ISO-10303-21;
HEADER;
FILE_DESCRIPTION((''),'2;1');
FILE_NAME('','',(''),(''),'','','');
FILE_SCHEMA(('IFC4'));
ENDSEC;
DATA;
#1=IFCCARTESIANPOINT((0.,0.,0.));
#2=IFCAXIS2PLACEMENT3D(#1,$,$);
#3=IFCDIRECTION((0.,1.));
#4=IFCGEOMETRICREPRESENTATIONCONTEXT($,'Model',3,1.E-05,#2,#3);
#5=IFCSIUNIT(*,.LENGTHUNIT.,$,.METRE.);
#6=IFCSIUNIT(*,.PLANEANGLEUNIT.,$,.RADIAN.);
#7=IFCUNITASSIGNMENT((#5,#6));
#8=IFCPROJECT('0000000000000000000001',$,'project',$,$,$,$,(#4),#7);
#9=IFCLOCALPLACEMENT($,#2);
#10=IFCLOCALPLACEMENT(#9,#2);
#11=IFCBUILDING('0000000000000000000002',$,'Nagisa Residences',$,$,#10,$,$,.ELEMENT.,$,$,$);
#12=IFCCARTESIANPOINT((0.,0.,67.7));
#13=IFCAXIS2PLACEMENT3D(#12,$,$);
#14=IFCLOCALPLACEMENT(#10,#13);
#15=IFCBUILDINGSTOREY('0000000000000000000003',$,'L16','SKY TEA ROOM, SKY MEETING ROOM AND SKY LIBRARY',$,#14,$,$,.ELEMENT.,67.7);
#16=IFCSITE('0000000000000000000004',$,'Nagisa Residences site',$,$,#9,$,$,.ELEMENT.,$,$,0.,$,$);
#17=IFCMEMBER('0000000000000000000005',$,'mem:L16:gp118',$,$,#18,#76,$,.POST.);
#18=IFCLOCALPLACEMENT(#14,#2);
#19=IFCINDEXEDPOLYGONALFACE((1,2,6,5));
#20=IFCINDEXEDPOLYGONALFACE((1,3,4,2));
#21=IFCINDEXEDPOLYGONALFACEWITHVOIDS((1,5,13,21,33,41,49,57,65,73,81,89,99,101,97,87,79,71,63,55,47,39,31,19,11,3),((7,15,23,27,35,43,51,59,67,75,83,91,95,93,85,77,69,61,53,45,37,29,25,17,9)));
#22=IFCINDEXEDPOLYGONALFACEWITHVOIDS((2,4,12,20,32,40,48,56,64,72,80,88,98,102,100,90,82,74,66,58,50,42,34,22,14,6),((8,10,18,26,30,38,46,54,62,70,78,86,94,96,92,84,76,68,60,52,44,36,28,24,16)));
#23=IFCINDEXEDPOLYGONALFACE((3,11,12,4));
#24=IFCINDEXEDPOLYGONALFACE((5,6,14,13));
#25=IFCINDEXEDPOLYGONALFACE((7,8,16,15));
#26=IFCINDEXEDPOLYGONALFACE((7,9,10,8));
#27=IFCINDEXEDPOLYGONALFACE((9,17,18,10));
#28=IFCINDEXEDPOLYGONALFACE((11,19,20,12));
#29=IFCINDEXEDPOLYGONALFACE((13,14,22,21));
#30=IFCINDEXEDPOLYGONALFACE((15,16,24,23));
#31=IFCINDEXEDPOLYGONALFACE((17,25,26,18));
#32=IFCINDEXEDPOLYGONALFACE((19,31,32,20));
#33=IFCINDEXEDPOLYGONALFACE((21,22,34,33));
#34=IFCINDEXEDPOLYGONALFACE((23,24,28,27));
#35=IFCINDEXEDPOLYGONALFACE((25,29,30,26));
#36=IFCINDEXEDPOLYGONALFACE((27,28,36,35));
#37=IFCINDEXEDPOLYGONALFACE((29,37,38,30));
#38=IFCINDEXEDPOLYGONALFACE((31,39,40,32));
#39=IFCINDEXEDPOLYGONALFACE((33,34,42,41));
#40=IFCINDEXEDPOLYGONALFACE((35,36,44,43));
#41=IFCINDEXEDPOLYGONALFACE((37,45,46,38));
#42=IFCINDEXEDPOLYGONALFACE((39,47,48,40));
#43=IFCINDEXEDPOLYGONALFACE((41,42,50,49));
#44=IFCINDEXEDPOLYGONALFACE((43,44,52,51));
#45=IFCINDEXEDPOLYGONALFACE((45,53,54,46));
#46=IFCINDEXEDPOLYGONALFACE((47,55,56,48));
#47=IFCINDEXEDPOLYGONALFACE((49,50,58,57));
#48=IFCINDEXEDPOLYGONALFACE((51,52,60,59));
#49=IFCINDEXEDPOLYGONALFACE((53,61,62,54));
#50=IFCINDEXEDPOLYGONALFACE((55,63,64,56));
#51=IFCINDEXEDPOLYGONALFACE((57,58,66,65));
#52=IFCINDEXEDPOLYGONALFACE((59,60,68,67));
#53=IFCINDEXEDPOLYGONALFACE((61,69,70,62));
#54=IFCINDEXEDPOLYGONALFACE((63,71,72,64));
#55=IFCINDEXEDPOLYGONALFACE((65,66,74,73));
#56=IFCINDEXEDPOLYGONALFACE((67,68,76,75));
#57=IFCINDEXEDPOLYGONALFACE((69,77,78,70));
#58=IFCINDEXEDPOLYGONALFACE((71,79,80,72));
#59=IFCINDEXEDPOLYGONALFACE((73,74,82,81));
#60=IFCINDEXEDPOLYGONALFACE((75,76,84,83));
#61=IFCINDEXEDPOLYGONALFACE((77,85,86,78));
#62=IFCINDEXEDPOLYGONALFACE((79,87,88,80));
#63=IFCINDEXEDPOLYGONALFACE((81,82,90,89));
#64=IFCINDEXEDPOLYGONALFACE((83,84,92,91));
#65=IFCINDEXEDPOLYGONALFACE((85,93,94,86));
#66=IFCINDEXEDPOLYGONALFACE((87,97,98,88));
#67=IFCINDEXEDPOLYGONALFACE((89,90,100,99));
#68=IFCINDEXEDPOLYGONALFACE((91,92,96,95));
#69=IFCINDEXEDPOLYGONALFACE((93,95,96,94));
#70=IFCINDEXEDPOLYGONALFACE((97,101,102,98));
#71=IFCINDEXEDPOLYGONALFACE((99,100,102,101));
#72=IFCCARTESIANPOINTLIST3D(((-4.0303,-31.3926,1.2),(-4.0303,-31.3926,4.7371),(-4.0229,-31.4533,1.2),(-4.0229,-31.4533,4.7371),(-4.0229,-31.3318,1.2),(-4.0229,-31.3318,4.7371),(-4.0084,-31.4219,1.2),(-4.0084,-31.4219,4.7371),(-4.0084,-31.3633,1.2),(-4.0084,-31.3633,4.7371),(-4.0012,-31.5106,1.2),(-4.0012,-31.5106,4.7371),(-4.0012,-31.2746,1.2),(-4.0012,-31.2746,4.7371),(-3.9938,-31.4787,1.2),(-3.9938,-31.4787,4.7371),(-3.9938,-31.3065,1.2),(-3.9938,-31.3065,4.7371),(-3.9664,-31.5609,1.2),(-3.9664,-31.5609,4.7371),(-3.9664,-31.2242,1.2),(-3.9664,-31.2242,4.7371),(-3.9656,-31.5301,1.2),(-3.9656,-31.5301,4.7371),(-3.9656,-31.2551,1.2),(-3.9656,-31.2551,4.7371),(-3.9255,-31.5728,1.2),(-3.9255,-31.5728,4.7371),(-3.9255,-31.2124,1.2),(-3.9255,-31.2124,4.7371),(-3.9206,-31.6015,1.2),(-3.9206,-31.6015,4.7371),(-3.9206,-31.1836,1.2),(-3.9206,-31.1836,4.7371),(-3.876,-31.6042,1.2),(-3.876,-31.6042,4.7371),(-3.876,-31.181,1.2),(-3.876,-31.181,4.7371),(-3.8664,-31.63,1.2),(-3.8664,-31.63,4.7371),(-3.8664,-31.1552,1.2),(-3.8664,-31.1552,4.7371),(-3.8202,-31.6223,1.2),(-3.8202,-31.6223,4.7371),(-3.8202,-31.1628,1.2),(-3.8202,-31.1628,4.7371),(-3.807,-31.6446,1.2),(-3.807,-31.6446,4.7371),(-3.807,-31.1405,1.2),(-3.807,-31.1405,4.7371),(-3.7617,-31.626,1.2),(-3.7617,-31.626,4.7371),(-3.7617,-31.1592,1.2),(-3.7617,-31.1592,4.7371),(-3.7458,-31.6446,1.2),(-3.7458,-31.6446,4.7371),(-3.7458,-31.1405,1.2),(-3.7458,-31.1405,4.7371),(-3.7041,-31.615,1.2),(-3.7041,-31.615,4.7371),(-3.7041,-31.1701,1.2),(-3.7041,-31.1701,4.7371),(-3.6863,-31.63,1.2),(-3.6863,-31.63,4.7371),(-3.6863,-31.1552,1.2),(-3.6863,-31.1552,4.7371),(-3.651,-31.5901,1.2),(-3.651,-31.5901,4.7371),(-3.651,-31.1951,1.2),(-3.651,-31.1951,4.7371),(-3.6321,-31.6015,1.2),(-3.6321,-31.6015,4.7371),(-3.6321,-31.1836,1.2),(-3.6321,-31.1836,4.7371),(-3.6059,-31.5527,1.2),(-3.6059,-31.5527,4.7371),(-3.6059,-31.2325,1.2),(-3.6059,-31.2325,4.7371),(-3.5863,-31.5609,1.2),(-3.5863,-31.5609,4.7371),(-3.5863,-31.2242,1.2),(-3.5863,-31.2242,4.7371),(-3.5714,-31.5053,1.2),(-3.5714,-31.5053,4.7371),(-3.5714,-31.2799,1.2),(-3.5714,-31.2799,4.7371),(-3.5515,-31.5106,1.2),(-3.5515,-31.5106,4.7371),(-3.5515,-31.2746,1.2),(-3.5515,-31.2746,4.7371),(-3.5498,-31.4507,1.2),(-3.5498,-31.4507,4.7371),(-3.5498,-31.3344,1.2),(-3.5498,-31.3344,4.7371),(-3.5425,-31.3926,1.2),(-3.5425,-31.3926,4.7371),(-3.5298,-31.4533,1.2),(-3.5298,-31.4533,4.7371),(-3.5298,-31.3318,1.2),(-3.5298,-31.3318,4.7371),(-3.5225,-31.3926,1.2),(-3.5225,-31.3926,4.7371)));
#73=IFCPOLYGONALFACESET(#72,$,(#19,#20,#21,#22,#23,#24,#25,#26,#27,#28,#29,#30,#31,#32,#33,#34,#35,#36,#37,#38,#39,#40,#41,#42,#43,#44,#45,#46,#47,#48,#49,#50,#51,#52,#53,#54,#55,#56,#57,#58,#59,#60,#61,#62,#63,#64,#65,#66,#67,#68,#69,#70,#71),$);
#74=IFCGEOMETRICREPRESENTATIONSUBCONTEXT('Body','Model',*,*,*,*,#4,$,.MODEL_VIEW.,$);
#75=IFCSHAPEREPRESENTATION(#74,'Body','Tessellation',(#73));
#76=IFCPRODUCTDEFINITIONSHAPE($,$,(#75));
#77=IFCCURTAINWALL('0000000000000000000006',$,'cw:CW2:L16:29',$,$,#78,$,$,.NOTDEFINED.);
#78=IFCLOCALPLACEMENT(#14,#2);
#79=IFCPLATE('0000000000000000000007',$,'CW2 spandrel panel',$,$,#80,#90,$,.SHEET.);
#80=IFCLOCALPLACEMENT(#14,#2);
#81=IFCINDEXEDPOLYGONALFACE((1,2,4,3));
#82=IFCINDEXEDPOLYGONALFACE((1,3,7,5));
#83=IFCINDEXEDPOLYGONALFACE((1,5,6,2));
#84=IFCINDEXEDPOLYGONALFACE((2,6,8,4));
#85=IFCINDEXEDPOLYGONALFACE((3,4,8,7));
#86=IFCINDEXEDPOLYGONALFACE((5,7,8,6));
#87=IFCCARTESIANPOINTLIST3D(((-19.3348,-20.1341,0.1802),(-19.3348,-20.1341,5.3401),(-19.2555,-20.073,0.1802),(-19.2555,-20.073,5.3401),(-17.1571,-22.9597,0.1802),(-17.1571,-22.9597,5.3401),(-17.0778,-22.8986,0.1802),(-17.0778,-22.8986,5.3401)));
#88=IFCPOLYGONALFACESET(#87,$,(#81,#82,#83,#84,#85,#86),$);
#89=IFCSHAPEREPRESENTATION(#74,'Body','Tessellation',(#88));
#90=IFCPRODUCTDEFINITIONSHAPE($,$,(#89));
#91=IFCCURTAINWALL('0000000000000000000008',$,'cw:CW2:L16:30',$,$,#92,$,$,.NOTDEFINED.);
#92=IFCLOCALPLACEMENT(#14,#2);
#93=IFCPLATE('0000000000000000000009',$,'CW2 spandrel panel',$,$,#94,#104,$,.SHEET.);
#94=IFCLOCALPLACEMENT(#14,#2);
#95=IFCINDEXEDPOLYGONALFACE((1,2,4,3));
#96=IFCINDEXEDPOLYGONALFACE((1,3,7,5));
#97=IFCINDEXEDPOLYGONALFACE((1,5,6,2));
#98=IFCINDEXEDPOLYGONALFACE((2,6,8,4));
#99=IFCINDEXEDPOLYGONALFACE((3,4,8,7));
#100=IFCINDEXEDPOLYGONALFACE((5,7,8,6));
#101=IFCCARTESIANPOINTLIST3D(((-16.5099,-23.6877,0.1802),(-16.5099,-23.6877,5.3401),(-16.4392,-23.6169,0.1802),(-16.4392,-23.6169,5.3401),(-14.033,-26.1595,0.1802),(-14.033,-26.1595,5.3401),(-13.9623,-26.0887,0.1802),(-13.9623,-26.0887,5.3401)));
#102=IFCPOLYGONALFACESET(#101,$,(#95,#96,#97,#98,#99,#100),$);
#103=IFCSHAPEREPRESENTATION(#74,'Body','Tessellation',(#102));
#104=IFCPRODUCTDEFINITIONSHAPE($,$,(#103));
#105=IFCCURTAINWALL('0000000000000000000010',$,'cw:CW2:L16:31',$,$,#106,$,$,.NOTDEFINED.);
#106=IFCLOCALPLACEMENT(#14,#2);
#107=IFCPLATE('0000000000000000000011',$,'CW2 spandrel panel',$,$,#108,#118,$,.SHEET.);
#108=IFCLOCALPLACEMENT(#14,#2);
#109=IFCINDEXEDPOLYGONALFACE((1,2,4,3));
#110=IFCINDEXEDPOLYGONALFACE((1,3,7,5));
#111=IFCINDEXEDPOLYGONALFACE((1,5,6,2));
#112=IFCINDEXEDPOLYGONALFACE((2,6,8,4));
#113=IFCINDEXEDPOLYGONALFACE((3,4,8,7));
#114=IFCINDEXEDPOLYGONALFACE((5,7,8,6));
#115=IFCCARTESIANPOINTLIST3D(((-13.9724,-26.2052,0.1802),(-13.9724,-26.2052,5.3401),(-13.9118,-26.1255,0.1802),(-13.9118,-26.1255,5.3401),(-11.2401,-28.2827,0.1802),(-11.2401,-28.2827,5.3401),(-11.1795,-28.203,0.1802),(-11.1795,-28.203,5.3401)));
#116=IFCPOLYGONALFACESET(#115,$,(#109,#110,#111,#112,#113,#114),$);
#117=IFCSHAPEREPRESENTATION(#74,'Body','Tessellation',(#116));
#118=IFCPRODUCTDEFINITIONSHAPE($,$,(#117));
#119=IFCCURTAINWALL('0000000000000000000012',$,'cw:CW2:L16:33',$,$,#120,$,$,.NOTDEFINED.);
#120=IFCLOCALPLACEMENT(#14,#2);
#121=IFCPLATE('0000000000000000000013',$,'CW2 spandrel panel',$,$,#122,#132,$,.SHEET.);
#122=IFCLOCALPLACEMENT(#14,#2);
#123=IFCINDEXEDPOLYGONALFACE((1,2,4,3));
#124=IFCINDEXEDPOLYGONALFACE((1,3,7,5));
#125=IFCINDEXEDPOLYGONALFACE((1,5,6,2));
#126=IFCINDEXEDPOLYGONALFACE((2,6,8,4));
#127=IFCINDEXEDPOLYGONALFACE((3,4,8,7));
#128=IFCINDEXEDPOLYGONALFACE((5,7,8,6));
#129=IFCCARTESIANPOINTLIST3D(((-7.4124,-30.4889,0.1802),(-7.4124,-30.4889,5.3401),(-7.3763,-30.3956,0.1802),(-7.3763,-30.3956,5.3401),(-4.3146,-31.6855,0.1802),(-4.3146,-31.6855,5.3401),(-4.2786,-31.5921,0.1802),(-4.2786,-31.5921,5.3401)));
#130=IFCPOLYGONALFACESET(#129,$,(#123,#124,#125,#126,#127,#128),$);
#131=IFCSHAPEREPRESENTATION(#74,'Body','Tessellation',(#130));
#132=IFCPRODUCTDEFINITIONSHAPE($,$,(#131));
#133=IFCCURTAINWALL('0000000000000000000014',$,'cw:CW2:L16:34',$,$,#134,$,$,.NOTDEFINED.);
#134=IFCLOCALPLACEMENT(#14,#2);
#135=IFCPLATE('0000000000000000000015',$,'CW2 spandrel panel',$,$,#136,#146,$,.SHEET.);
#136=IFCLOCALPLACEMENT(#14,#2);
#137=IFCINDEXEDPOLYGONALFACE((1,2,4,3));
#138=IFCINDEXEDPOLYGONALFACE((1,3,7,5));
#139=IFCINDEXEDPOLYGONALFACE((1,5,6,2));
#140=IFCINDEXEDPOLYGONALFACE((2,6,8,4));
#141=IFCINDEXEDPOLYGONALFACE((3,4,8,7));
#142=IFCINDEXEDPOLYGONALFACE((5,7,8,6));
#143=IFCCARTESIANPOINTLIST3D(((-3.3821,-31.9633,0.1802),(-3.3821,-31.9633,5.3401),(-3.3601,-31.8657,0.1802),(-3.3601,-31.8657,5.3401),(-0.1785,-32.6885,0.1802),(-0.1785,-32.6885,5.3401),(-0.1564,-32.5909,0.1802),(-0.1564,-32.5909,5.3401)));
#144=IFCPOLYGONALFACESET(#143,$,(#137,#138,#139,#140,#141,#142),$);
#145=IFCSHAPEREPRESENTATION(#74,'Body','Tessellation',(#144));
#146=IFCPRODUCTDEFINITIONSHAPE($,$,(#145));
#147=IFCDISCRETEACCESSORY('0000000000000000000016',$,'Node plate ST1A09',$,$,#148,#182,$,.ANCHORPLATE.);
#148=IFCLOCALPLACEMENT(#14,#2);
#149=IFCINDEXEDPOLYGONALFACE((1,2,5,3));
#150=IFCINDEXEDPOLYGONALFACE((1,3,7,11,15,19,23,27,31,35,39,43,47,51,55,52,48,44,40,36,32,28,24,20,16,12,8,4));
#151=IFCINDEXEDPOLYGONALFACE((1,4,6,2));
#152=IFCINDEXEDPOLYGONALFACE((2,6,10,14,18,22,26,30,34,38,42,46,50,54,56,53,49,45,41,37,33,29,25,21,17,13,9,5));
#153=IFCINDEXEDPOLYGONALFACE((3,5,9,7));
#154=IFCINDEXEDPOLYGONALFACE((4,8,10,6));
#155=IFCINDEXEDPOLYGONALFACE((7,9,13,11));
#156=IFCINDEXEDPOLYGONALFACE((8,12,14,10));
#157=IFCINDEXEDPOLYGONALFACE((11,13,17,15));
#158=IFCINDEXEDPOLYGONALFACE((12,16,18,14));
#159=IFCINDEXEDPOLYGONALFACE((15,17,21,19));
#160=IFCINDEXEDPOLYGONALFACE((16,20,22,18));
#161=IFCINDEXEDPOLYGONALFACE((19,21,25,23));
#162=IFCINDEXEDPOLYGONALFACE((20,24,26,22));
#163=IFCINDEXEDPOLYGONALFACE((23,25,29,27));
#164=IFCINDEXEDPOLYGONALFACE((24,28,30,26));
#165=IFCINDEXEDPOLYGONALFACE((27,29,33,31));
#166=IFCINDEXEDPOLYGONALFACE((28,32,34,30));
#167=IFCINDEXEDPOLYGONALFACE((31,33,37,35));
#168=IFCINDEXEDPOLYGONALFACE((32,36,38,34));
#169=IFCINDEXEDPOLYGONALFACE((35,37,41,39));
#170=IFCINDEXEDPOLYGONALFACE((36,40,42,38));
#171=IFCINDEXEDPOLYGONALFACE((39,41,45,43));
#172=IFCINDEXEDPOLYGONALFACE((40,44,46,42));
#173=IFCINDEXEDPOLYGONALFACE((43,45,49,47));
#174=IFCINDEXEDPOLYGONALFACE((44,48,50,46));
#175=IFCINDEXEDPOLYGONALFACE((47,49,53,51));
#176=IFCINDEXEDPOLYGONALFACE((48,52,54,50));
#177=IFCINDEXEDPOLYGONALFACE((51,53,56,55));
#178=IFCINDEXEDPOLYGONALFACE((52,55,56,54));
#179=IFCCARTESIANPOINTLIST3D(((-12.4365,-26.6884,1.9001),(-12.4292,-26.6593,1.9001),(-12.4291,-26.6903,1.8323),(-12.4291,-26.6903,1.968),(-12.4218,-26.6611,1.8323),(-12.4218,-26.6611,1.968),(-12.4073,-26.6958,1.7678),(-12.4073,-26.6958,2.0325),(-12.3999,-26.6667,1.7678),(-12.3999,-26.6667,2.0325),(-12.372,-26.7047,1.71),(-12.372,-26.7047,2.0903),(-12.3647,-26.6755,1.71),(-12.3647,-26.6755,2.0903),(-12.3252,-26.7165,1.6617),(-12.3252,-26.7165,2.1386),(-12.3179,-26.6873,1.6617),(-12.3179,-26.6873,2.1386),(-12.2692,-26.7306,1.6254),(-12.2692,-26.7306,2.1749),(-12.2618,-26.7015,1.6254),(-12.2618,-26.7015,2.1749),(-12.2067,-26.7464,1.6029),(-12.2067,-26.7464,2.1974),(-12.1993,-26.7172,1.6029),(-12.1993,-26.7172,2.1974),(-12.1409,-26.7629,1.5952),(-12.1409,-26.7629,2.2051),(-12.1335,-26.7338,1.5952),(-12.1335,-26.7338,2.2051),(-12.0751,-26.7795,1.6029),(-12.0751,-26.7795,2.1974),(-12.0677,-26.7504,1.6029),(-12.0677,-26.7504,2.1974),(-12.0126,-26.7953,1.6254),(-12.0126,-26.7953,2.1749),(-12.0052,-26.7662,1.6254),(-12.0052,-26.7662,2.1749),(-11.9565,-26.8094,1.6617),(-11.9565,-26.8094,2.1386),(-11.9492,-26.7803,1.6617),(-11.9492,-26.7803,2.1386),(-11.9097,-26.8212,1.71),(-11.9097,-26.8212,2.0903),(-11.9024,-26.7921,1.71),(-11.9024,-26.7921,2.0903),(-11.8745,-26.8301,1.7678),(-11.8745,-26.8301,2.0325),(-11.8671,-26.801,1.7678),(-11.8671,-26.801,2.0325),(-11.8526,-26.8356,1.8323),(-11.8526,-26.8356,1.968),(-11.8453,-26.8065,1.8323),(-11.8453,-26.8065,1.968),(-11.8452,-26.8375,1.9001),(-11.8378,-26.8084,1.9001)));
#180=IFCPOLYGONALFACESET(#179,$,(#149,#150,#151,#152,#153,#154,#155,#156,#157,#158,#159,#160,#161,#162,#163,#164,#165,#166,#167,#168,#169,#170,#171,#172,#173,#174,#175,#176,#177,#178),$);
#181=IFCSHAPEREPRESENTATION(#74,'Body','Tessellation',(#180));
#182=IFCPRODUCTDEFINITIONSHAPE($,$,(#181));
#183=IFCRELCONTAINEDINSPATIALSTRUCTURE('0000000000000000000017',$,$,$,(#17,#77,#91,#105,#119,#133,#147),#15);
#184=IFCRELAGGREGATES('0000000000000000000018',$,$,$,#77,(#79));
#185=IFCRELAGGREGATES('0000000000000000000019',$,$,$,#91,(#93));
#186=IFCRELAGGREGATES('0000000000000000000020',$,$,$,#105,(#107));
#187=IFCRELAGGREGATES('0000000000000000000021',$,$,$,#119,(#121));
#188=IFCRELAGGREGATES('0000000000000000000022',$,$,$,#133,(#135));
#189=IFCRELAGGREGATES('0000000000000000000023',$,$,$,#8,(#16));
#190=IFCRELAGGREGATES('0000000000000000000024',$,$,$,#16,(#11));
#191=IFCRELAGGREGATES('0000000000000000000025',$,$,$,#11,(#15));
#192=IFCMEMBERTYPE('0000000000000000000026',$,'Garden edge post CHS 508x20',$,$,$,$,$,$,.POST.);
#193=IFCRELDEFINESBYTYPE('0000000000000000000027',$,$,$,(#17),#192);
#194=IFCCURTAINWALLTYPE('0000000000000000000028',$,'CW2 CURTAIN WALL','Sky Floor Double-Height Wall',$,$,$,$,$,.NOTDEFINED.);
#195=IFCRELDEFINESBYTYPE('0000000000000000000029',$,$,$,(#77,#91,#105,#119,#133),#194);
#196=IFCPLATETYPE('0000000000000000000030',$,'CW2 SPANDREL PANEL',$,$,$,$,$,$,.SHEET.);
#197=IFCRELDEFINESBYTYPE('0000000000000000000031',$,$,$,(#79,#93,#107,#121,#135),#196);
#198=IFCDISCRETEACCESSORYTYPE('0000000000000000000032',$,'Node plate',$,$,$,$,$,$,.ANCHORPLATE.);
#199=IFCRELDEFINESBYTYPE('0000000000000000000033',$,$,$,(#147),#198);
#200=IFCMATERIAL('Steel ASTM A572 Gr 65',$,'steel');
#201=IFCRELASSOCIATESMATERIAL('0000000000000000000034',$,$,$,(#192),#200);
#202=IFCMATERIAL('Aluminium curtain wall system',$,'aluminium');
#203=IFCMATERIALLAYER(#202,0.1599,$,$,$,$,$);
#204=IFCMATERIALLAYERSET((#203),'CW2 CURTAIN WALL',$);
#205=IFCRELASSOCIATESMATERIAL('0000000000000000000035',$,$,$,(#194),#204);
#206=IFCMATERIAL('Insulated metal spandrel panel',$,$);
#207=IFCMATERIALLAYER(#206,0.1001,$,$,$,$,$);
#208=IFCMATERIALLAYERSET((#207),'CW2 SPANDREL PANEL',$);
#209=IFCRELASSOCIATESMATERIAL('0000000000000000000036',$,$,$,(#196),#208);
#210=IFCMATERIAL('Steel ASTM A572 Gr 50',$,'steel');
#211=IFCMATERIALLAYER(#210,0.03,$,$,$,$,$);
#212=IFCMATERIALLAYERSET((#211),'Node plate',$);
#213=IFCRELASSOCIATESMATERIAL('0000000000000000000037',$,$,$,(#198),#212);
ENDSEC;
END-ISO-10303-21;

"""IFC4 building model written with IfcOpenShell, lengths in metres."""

from ifc_helpers import new_model, si_unit, direction, frame, origin, origin_2d, place, context, subcontext, project, spatial, rectangle, circle, hollow_circle, extrude, material, layer, layer_set, material_profile, profile_set, type_object, element, aggregate, save


model = new_model("IFC4")

# Units and contexts
model_context = context("Model", 3, precision=1e-05, world=origin(), true_north=direction((0.0, 1.0)))
body_context = subcontext(model_context, "Body", "Model", "MODEL_VIEW")
ifc_project = project(units=[si_unit("LENGTHUNIT", "METRE"), si_unit("PLANEANGLEUNIT", "RADIAN")], contexts=[model_context])

# Site, building, storey
site_placement = place(None, origin())
site = spatial("IfcSite", under=ifc_project, at=site_placement, Name="Nagisa Residences site", CompositionType="ELEMENT", RefElevation=0.0)
building_placement = place(site_placement, origin())
building = spatial("IfcBuilding", under=site, at=building_placement, Name="Nagisa Residences", CompositionType="ELEMENT")
storey_placement = place(building_placement, frame((0.0, 0.0, 67.7)))
storey = spatial("IfcBuildingStorey", under=building, at=storey_placement, Name="L16", Description="SKY TEA ROOM, SKY MEETING ROOM AND SKY LIBRARY", CompositionType="ELEMENT", Elevation=67.7)

# Member
ifc_material_1 = material(Name="Steel ASTM A572 Gr 65", Category="steel")
ifc_material_profile_1 = material_profile(ifc_material_1, hollow_circle(Radius=0.2539, WallThickness=0.02, at=origin_2d()), Name="CHS 508x20")
ifc_profile_set_1 = profile_set([ifc_material_profile_1], Name="Steel ASTM A572 Gr 65")
member_type_1 = type_object("IfcMemberType", Name="Garden edge post CHS 508x20", PredefinedType="POST", material=ifc_profile_set_1)
for number, where, z_axis, x_axis, name in (
    (1, (-3.7764, -31.3926, 1.2), (0.0, 0.0, 1.0), (1.0, 0.0, 0.0), "mem:L16:gp118"),
):
    element("IfcMember", number, at=place(storey_placement, frame(where, z_axis=z_axis, x_axis=x_axis)), inside=storey, type_object=member_type_1, Name=name, PredefinedType="POST", context=body_context, shape_type="SweptSolid", body=[
        extrude(hollow_circle(Radius=0.2539, WallThickness=0.02, at=origin_2d()), origin(), (0.0, 0.0, 1.0), 3.5371),
    ])

# Curtain walls, plates
ifc_material_2 = material(Name="Aluminium curtain wall system", Category="aluminium")
ifc_layer_1 = layer(ifc_material_2, 0.1599)
ifc_layer_set_1 = layer_set([ifc_layer_1], Name="CW2 CURTAIN WALL")
curtain_wall_type = type_object("IfcCurtainWallType", Name="CW2 CURTAIN WALL", Description="Sky Floor Double-Height Wall", PredefinedType="NOTDEFINED", material=ifc_layer_set_1)
curtain_wall_1_placement = place(storey_placement, origin())
curtain_wall_1 = element("IfcCurtainWall", 2, at=curtain_wall_1_placement, inside=storey, type_object=curtain_wall_type, Name="cw:CW2:L16:29", PredefinedType="NOTDEFINED")
ifc_material_3 = material(Name="Insulated metal spandrel panel")
ifc_layer_2 = layer(ifc_material_3, 0.1001)
ifc_layer_set_2 = layer_set([ifc_layer_2], Name="CW2 SPANDREL PANEL")
plate_type = type_object("IfcPlateType", Name="CW2 SPANDREL PANEL", PredefinedType="SHEET", material=ifc_layer_set_2)
plate_1_placement = place(storey_placement, frame((-18.2063, -21.5164, 0.1802), z_axis=(0.0, 0.0, 1.0), x_axis=(0.61043, -0.79207, 0.0)))
plate_1 = element("IfcPlate", 3, at=plate_1_placement, type_object=plate_type, Name="CW2 spandrel panel", PredefinedType="SHEET", context=body_context, shape_type="SweptSolid", body=[
    extrude(rectangle(XDim=3.5674, YDim=0.1001, at=origin_2d()), origin(), (0.0, 0.0, 1.0), 5.1599),
])
aggregate(curtain_wall_1, [plate_1])
curtain_wall_2_placement = place(storey_placement, origin())
curtain_wall_2 = element("IfcCurtainWall", 4, at=curtain_wall_2_placement, inside=storey, type_object=curtain_wall_type, Name="cw:CW2:L16:30", PredefinedType="NOTDEFINED")
plate_2_placement = place(storey_placement, frame((-15.2361, -24.8882, 0.1802), z_axis=(0.0, 0.0, 1.0), x_axis=(0.707836, -0.706377, 0.0)))
plate_2 = element("IfcPlate", 5, at=plate_2_placement, type_object=plate_type, Name="CW2 spandrel panel", PredefinedType="SHEET", context=body_context, shape_type="SweptSolid", body=[
    extrude(rectangle(XDim=3.4993, YDim=0.1001, at=origin_2d()), origin(), (0.0, 0.0, 1.0), 5.1599),
])
aggregate(curtain_wall_2, [plate_2])
curtain_wall_3_placement = place(storey_placement, origin())
curtain_wall_3 = element("IfcCurtainWall", 6, at=curtain_wall_3_placement, inside=storey, type_object=curtain_wall_type, Name="cw:CW2:L16:31", PredefinedType="NOTDEFINED")
plate_3_placement = place(storey_placement, frame((-12.5759, -27.2041, 0.1802), z_axis=(0.0, 0.0, 1.0), x_axis=(0.796031, -0.605255, 0.0)))
plate_3 = element("IfcPlate", 7, at=plate_3_placement, type_object=plate_type, Name="CW2 spandrel panel", PredefinedType="SHEET", context=body_context, shape_type="SweptSolid", body=[
    extrude(rectangle(XDim=3.4324, YDim=0.1001, at=origin_2d()), origin(), (0.0, 0.0, 1.0), 5.1599),
])
aggregate(curtain_wall_3, [plate_3])
curtain_wall_4_placement = place(storey_placement, origin())
curtain_wall_4 = element("IfcCurtainWall", 8, at=curtain_wall_4_placement, inside=storey, type_object=curtain_wall_type, Name="cw:CW2:L16:33", PredefinedType="NOTDEFINED")
plate_4_placement = place(storey_placement, frame((-5.8455, -31.0405, 0.1802), z_axis=(0.0, 0.0, 1.0), x_axis=(0.932826, -0.360328, 0.0)))
plate_4 = element("IfcPlate", 9, at=plate_4_placement, type_object=plate_type, Name="CW2 spandrel panel", PredefinedType="SHEET", context=body_context, shape_type="SweptSolid", body=[
    extrude(rectangle(XDim=3.3208, YDim=0.1001, at=origin_2d()), origin(), (0.0, 0.0, 1.0), 5.1599),
])
aggregate(curtain_wall_4, [plate_4])
curtain_wall_5_placement = place(storey_placement, origin())
curtain_wall_5 = element("IfcCurtainWall", 10, at=curtain_wall_5_placement, inside=storey, type_object=curtain_wall_type, Name="cw:CW2:L16:34", PredefinedType="NOTDEFINED")
plate_5_placement = place(storey_placement, frame((-1.7693, -32.2771, 0.1802), z_axis=(0.0, 0.0, 1.0), x_axis=(0.975327, -0.220764, 0.0)))
plate_5 = element("IfcPlate", 11, at=plate_5_placement, type_object=plate_type, Name="CW2 spandrel panel", PredefinedType="SHEET", context=body_context, shape_type="SweptSolid", body=[
    extrude(rectangle(XDim=3.2847, YDim=0.1001, at=origin_2d()), origin(), (0.0, 0.0, 1.0), 5.1599),
])
aggregate(curtain_wall_5, [plate_5])

# Discrete accessory
ifc_material_4 = material(Name="Steel ASTM A572 Gr 50", Category="steel")
ifc_layer_3 = layer(ifc_material_4, 0.03)
ifc_layer_set_3 = layer_set([ifc_layer_3], Name="Node plate")
discrete_accessory_type = type_object("IfcDiscreteAccessoryType", Name="Node plate", PredefinedType="ANCHORPLATE", material=ifc_layer_set_3)
discrete_accessory_placement = place(storey_placement, frame((-12.1409, -26.7629, 1.9001), z_axis=(0.244452, 0.969661, 0.0), x_axis=(-0.969661, 0.244452, 0.0)))
element("IfcDiscreteAccessory", 12, at=discrete_accessory_placement, inside=storey, type_object=discrete_accessory_type, Name="Node plate ST1A09", PredefinedType="ANCHORPLATE", context=body_context, shape_type="SweptSolid", body=[
    extrude(circle(Radius=0.3049, at=origin_2d()), origin(), (0.0, 0.0, 1.0), 0.03),
])

save(model, "model.ifc")
